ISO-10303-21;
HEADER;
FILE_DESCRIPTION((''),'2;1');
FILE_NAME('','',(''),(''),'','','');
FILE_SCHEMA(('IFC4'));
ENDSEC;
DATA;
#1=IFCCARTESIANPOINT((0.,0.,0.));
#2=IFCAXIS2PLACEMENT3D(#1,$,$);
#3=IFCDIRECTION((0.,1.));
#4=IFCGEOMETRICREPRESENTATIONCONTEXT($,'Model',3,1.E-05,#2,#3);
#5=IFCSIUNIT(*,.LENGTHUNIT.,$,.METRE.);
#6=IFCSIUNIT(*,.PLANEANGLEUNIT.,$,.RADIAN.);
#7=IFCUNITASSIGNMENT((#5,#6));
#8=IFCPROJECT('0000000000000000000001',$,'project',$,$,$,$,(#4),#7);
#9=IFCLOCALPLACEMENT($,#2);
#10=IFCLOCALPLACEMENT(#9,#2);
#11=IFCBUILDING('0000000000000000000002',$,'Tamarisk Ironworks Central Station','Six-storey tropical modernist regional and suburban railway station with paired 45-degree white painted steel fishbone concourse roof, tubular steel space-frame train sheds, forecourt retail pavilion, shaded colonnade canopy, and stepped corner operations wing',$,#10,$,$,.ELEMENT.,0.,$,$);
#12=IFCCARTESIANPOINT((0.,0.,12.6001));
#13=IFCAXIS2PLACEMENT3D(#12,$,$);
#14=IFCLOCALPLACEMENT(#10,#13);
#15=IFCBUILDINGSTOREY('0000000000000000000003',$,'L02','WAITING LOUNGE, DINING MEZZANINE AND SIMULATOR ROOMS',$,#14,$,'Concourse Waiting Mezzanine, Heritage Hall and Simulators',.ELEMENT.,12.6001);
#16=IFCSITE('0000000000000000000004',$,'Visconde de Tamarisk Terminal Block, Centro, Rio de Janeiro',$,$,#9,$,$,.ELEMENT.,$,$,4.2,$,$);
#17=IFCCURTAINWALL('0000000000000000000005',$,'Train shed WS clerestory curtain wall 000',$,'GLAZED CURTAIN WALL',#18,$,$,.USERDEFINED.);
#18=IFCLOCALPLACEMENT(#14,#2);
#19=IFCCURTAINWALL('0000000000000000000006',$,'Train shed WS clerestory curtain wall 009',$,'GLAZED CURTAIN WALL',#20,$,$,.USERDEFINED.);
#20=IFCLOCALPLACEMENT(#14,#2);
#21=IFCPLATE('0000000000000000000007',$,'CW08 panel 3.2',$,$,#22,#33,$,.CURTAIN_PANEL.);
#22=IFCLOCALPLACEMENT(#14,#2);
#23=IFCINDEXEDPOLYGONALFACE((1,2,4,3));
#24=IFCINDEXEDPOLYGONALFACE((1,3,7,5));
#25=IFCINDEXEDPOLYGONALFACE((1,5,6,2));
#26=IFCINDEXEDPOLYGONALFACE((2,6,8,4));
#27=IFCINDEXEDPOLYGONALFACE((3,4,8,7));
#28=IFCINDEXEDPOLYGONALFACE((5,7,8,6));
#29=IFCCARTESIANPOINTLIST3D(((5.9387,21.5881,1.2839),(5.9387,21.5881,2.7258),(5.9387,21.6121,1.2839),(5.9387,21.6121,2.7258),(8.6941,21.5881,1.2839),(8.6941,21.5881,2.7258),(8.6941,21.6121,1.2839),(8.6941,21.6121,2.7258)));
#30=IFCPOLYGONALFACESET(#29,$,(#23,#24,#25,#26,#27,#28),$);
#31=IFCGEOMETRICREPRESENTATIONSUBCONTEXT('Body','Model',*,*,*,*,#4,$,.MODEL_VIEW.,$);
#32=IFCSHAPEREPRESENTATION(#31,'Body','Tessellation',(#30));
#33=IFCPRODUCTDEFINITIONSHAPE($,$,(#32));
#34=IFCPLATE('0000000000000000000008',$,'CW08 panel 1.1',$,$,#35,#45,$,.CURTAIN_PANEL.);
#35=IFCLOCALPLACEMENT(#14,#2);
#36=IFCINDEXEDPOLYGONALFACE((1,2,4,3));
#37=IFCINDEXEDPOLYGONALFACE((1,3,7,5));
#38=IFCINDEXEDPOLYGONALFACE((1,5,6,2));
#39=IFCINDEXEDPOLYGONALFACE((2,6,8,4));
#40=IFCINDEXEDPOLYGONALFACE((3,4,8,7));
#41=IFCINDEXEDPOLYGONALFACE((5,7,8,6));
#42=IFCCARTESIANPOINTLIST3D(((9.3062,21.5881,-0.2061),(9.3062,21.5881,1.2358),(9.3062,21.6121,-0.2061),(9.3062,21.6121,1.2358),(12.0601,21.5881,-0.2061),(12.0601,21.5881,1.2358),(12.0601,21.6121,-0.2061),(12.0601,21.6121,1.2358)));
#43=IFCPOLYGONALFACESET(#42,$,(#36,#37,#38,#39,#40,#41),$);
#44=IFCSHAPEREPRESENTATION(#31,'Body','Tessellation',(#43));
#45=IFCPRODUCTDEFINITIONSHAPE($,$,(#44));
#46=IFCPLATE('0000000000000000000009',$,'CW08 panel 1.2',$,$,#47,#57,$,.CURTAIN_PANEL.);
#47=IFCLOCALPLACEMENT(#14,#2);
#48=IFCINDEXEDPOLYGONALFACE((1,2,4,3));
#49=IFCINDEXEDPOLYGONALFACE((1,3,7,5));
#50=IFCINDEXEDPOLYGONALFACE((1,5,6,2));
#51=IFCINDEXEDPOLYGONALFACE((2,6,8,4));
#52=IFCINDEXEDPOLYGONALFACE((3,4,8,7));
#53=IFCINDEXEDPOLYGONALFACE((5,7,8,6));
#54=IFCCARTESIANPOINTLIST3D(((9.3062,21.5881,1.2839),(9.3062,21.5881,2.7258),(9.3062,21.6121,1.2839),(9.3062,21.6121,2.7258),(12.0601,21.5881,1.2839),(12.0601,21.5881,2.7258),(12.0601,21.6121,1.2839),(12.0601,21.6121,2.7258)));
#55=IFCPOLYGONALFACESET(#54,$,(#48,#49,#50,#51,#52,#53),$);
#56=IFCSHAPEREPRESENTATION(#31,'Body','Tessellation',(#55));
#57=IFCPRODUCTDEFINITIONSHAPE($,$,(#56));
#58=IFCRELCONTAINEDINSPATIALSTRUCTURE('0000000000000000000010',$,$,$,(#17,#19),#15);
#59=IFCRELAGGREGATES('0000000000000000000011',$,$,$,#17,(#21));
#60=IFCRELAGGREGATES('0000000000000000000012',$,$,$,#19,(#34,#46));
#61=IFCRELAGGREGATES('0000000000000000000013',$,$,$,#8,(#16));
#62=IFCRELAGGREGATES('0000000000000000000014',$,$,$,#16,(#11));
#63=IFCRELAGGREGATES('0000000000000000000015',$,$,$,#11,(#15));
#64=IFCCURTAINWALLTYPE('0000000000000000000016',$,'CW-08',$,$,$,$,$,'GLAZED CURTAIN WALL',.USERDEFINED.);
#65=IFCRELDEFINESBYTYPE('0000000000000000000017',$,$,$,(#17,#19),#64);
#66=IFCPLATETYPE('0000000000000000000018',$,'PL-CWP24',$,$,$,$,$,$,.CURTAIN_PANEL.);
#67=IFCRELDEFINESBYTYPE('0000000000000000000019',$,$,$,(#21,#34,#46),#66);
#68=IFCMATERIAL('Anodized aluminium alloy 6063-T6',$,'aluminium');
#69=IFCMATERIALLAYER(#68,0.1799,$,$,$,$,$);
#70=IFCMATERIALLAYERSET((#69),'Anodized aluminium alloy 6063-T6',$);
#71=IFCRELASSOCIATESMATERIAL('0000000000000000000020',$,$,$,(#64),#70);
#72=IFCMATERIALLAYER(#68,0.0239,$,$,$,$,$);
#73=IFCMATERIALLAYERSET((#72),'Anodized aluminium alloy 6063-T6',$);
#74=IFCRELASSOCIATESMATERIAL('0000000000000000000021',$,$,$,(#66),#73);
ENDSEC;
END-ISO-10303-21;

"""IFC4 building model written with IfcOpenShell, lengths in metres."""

from ifc_helpers import new_model, si_unit, direction, frame, origin, origin_2d, place, context, subcontext, project, spatial, rectangle, extrude, material, layer, layer_set, type_object, element, aggregate, save


model = new_model("IFC4")

# Units and contexts
model_context = context("Model", 3, precision=1e-05, world=origin(), true_north=direction((0.0, 1.0)))
body_context = subcontext(model_context, "Body", "Model", "MODEL_VIEW")
ifc_project = project(units=[si_unit("LENGTHUNIT", "METRE"), si_unit("PLANEANGLEUNIT", "RADIAN")], contexts=[model_context])

# Site, building, storey
site_placement = place(None, origin())
site = spatial("IfcSite", under=ifc_project, at=site_placement, Name="Visconde de Tamarisk Terminal Block, Centro, Rio de Janeiro", CompositionType="ELEMENT", RefElevation=4.2)
building_placement = place(site_placement, origin())
building = spatial("IfcBuilding", under=site, at=building_placement, Name="Tamarisk Ironworks Central Station", Description="Six-storey tropical modernist regional and suburban railway station with paired 45-degree white painted steel fishbone concourse roof, tubular steel space-frame train sheds, forecourt retail pavilion, shaded colonnade canopy, and stepped corner operations wing", CompositionType="ELEMENT", ElevationOfRefHeight=0.0)
storey_placement = place(building_placement, frame((0.0, 0.0, 12.6001)))
storey = spatial("IfcBuildingStorey", under=building, at=storey_placement, Name="L02", Description="WAITING LOUNGE, DINING MEZZANINE AND SIMULATOR ROOMS", LongName="Concourse Waiting Mezzanine, Heritage Hall and Simulators", CompositionType="ELEMENT", Elevation=12.6001)

# Curtain walls
ifc_material_1 = material(Name="Anodized aluminium alloy 6063-T6", Category="aluminium")
ifc_layer_1 = layer(ifc_material_1, 0.1799)
ifc_layer_set_1 = layer_set([ifc_layer_1], Name="Anodized aluminium alloy 6063-T6")
curtain_wall_type = type_object("IfcCurtainWallType", Name="CW-08", ElementType="GLAZED CURTAIN WALL", PredefinedType="USERDEFINED", material=ifc_layer_set_1)
curtain_wall_1_placement = place(storey_placement, origin())
curtain_wall_1 = element("IfcCurtainWall", 1, at=curtain_wall_1_placement, inside=storey, type_object=curtain_wall_type, Name="Train shed WS clerestory curtain wall 000", ObjectType="GLAZED CURTAIN WALL", PredefinedType="USERDEFINED")
curtain_wall_2_placement = place(storey_placement, origin())
curtain_wall_2 = element("IfcCurtainWall", 2, at=curtain_wall_2_placement, inside=storey, type_object=curtain_wall_type, Name="Train shed WS clerestory curtain wall 009", ObjectType="GLAZED CURTAIN WALL", PredefinedType="USERDEFINED")

# Plates
ifc_layer_2 = layer(ifc_material_1, 0.0239)
ifc_layer_set_2 = layer_set([ifc_layer_2], Name="Anodized aluminium alloy 6063-T6")
plate_type = type_object("IfcPlateType", Name="PL-CWP24", PredefinedType="CURTAIN_PANEL", material=ifc_layer_set_2)
plate_1_placement = place(storey_placement, frame((7.3164, 21.6001, 1.2839), z_axis=(0.0, 0.0, 1.0), x_axis=(1.0, 0.0, 0.0)))
plate_1 = element("IfcPlate", 3, at=plate_1_placement, type_object=plate_type, Name="CW08 panel 3.2", PredefinedType="CURTAIN_PANEL", context=body_context, shape_type="SweptSolid", body=[
    extrude(rectangle(XDim=2.7554, YDim=0.0239, at=origin_2d()), origin(), (0.0, 0.0, 1.0), 1.4419),
])
aggregate(curtain_wall_1, [plate_1])
plate_2_placement = place(storey_placement, frame((10.6831, 21.6001, -0.2061), z_axis=(0.0, 0.0, 1.0), x_axis=(1.0, 0.0, 0.0)))
plate_2 = element("IfcPlate", 4, at=plate_2_placement, type_object=plate_type, Name="CW08 panel 1.1", PredefinedType="CURTAIN_PANEL", context=body_context, shape_type="SweptSolid", body=[
    extrude(rectangle(XDim=2.7539, YDim=0.0239, at=origin_2d()), origin(), (0.0, 0.0, 1.0), 1.4419),
])
plate_3_placement = place(storey_placement, frame((10.6831, 21.6001, 1.2839), z_axis=(0.0, 0.0, 1.0), x_axis=(1.0, 0.0, 0.0)))
plate_3 = element("IfcPlate", 5, at=plate_3_placement, type_object=plate_type, Name="CW08 panel 1.2", PredefinedType="CURTAIN_PANEL", context=body_context, shape_type="SweptSolid", body=[
    extrude(rectangle(XDim=2.7539, YDim=0.0239, at=origin_2d()), origin(), (0.0, 0.0, 1.0), 1.4419),
])
aggregate(curtain_wall_2, [plate_2, plate_3])

save(model, "model.ifc")
